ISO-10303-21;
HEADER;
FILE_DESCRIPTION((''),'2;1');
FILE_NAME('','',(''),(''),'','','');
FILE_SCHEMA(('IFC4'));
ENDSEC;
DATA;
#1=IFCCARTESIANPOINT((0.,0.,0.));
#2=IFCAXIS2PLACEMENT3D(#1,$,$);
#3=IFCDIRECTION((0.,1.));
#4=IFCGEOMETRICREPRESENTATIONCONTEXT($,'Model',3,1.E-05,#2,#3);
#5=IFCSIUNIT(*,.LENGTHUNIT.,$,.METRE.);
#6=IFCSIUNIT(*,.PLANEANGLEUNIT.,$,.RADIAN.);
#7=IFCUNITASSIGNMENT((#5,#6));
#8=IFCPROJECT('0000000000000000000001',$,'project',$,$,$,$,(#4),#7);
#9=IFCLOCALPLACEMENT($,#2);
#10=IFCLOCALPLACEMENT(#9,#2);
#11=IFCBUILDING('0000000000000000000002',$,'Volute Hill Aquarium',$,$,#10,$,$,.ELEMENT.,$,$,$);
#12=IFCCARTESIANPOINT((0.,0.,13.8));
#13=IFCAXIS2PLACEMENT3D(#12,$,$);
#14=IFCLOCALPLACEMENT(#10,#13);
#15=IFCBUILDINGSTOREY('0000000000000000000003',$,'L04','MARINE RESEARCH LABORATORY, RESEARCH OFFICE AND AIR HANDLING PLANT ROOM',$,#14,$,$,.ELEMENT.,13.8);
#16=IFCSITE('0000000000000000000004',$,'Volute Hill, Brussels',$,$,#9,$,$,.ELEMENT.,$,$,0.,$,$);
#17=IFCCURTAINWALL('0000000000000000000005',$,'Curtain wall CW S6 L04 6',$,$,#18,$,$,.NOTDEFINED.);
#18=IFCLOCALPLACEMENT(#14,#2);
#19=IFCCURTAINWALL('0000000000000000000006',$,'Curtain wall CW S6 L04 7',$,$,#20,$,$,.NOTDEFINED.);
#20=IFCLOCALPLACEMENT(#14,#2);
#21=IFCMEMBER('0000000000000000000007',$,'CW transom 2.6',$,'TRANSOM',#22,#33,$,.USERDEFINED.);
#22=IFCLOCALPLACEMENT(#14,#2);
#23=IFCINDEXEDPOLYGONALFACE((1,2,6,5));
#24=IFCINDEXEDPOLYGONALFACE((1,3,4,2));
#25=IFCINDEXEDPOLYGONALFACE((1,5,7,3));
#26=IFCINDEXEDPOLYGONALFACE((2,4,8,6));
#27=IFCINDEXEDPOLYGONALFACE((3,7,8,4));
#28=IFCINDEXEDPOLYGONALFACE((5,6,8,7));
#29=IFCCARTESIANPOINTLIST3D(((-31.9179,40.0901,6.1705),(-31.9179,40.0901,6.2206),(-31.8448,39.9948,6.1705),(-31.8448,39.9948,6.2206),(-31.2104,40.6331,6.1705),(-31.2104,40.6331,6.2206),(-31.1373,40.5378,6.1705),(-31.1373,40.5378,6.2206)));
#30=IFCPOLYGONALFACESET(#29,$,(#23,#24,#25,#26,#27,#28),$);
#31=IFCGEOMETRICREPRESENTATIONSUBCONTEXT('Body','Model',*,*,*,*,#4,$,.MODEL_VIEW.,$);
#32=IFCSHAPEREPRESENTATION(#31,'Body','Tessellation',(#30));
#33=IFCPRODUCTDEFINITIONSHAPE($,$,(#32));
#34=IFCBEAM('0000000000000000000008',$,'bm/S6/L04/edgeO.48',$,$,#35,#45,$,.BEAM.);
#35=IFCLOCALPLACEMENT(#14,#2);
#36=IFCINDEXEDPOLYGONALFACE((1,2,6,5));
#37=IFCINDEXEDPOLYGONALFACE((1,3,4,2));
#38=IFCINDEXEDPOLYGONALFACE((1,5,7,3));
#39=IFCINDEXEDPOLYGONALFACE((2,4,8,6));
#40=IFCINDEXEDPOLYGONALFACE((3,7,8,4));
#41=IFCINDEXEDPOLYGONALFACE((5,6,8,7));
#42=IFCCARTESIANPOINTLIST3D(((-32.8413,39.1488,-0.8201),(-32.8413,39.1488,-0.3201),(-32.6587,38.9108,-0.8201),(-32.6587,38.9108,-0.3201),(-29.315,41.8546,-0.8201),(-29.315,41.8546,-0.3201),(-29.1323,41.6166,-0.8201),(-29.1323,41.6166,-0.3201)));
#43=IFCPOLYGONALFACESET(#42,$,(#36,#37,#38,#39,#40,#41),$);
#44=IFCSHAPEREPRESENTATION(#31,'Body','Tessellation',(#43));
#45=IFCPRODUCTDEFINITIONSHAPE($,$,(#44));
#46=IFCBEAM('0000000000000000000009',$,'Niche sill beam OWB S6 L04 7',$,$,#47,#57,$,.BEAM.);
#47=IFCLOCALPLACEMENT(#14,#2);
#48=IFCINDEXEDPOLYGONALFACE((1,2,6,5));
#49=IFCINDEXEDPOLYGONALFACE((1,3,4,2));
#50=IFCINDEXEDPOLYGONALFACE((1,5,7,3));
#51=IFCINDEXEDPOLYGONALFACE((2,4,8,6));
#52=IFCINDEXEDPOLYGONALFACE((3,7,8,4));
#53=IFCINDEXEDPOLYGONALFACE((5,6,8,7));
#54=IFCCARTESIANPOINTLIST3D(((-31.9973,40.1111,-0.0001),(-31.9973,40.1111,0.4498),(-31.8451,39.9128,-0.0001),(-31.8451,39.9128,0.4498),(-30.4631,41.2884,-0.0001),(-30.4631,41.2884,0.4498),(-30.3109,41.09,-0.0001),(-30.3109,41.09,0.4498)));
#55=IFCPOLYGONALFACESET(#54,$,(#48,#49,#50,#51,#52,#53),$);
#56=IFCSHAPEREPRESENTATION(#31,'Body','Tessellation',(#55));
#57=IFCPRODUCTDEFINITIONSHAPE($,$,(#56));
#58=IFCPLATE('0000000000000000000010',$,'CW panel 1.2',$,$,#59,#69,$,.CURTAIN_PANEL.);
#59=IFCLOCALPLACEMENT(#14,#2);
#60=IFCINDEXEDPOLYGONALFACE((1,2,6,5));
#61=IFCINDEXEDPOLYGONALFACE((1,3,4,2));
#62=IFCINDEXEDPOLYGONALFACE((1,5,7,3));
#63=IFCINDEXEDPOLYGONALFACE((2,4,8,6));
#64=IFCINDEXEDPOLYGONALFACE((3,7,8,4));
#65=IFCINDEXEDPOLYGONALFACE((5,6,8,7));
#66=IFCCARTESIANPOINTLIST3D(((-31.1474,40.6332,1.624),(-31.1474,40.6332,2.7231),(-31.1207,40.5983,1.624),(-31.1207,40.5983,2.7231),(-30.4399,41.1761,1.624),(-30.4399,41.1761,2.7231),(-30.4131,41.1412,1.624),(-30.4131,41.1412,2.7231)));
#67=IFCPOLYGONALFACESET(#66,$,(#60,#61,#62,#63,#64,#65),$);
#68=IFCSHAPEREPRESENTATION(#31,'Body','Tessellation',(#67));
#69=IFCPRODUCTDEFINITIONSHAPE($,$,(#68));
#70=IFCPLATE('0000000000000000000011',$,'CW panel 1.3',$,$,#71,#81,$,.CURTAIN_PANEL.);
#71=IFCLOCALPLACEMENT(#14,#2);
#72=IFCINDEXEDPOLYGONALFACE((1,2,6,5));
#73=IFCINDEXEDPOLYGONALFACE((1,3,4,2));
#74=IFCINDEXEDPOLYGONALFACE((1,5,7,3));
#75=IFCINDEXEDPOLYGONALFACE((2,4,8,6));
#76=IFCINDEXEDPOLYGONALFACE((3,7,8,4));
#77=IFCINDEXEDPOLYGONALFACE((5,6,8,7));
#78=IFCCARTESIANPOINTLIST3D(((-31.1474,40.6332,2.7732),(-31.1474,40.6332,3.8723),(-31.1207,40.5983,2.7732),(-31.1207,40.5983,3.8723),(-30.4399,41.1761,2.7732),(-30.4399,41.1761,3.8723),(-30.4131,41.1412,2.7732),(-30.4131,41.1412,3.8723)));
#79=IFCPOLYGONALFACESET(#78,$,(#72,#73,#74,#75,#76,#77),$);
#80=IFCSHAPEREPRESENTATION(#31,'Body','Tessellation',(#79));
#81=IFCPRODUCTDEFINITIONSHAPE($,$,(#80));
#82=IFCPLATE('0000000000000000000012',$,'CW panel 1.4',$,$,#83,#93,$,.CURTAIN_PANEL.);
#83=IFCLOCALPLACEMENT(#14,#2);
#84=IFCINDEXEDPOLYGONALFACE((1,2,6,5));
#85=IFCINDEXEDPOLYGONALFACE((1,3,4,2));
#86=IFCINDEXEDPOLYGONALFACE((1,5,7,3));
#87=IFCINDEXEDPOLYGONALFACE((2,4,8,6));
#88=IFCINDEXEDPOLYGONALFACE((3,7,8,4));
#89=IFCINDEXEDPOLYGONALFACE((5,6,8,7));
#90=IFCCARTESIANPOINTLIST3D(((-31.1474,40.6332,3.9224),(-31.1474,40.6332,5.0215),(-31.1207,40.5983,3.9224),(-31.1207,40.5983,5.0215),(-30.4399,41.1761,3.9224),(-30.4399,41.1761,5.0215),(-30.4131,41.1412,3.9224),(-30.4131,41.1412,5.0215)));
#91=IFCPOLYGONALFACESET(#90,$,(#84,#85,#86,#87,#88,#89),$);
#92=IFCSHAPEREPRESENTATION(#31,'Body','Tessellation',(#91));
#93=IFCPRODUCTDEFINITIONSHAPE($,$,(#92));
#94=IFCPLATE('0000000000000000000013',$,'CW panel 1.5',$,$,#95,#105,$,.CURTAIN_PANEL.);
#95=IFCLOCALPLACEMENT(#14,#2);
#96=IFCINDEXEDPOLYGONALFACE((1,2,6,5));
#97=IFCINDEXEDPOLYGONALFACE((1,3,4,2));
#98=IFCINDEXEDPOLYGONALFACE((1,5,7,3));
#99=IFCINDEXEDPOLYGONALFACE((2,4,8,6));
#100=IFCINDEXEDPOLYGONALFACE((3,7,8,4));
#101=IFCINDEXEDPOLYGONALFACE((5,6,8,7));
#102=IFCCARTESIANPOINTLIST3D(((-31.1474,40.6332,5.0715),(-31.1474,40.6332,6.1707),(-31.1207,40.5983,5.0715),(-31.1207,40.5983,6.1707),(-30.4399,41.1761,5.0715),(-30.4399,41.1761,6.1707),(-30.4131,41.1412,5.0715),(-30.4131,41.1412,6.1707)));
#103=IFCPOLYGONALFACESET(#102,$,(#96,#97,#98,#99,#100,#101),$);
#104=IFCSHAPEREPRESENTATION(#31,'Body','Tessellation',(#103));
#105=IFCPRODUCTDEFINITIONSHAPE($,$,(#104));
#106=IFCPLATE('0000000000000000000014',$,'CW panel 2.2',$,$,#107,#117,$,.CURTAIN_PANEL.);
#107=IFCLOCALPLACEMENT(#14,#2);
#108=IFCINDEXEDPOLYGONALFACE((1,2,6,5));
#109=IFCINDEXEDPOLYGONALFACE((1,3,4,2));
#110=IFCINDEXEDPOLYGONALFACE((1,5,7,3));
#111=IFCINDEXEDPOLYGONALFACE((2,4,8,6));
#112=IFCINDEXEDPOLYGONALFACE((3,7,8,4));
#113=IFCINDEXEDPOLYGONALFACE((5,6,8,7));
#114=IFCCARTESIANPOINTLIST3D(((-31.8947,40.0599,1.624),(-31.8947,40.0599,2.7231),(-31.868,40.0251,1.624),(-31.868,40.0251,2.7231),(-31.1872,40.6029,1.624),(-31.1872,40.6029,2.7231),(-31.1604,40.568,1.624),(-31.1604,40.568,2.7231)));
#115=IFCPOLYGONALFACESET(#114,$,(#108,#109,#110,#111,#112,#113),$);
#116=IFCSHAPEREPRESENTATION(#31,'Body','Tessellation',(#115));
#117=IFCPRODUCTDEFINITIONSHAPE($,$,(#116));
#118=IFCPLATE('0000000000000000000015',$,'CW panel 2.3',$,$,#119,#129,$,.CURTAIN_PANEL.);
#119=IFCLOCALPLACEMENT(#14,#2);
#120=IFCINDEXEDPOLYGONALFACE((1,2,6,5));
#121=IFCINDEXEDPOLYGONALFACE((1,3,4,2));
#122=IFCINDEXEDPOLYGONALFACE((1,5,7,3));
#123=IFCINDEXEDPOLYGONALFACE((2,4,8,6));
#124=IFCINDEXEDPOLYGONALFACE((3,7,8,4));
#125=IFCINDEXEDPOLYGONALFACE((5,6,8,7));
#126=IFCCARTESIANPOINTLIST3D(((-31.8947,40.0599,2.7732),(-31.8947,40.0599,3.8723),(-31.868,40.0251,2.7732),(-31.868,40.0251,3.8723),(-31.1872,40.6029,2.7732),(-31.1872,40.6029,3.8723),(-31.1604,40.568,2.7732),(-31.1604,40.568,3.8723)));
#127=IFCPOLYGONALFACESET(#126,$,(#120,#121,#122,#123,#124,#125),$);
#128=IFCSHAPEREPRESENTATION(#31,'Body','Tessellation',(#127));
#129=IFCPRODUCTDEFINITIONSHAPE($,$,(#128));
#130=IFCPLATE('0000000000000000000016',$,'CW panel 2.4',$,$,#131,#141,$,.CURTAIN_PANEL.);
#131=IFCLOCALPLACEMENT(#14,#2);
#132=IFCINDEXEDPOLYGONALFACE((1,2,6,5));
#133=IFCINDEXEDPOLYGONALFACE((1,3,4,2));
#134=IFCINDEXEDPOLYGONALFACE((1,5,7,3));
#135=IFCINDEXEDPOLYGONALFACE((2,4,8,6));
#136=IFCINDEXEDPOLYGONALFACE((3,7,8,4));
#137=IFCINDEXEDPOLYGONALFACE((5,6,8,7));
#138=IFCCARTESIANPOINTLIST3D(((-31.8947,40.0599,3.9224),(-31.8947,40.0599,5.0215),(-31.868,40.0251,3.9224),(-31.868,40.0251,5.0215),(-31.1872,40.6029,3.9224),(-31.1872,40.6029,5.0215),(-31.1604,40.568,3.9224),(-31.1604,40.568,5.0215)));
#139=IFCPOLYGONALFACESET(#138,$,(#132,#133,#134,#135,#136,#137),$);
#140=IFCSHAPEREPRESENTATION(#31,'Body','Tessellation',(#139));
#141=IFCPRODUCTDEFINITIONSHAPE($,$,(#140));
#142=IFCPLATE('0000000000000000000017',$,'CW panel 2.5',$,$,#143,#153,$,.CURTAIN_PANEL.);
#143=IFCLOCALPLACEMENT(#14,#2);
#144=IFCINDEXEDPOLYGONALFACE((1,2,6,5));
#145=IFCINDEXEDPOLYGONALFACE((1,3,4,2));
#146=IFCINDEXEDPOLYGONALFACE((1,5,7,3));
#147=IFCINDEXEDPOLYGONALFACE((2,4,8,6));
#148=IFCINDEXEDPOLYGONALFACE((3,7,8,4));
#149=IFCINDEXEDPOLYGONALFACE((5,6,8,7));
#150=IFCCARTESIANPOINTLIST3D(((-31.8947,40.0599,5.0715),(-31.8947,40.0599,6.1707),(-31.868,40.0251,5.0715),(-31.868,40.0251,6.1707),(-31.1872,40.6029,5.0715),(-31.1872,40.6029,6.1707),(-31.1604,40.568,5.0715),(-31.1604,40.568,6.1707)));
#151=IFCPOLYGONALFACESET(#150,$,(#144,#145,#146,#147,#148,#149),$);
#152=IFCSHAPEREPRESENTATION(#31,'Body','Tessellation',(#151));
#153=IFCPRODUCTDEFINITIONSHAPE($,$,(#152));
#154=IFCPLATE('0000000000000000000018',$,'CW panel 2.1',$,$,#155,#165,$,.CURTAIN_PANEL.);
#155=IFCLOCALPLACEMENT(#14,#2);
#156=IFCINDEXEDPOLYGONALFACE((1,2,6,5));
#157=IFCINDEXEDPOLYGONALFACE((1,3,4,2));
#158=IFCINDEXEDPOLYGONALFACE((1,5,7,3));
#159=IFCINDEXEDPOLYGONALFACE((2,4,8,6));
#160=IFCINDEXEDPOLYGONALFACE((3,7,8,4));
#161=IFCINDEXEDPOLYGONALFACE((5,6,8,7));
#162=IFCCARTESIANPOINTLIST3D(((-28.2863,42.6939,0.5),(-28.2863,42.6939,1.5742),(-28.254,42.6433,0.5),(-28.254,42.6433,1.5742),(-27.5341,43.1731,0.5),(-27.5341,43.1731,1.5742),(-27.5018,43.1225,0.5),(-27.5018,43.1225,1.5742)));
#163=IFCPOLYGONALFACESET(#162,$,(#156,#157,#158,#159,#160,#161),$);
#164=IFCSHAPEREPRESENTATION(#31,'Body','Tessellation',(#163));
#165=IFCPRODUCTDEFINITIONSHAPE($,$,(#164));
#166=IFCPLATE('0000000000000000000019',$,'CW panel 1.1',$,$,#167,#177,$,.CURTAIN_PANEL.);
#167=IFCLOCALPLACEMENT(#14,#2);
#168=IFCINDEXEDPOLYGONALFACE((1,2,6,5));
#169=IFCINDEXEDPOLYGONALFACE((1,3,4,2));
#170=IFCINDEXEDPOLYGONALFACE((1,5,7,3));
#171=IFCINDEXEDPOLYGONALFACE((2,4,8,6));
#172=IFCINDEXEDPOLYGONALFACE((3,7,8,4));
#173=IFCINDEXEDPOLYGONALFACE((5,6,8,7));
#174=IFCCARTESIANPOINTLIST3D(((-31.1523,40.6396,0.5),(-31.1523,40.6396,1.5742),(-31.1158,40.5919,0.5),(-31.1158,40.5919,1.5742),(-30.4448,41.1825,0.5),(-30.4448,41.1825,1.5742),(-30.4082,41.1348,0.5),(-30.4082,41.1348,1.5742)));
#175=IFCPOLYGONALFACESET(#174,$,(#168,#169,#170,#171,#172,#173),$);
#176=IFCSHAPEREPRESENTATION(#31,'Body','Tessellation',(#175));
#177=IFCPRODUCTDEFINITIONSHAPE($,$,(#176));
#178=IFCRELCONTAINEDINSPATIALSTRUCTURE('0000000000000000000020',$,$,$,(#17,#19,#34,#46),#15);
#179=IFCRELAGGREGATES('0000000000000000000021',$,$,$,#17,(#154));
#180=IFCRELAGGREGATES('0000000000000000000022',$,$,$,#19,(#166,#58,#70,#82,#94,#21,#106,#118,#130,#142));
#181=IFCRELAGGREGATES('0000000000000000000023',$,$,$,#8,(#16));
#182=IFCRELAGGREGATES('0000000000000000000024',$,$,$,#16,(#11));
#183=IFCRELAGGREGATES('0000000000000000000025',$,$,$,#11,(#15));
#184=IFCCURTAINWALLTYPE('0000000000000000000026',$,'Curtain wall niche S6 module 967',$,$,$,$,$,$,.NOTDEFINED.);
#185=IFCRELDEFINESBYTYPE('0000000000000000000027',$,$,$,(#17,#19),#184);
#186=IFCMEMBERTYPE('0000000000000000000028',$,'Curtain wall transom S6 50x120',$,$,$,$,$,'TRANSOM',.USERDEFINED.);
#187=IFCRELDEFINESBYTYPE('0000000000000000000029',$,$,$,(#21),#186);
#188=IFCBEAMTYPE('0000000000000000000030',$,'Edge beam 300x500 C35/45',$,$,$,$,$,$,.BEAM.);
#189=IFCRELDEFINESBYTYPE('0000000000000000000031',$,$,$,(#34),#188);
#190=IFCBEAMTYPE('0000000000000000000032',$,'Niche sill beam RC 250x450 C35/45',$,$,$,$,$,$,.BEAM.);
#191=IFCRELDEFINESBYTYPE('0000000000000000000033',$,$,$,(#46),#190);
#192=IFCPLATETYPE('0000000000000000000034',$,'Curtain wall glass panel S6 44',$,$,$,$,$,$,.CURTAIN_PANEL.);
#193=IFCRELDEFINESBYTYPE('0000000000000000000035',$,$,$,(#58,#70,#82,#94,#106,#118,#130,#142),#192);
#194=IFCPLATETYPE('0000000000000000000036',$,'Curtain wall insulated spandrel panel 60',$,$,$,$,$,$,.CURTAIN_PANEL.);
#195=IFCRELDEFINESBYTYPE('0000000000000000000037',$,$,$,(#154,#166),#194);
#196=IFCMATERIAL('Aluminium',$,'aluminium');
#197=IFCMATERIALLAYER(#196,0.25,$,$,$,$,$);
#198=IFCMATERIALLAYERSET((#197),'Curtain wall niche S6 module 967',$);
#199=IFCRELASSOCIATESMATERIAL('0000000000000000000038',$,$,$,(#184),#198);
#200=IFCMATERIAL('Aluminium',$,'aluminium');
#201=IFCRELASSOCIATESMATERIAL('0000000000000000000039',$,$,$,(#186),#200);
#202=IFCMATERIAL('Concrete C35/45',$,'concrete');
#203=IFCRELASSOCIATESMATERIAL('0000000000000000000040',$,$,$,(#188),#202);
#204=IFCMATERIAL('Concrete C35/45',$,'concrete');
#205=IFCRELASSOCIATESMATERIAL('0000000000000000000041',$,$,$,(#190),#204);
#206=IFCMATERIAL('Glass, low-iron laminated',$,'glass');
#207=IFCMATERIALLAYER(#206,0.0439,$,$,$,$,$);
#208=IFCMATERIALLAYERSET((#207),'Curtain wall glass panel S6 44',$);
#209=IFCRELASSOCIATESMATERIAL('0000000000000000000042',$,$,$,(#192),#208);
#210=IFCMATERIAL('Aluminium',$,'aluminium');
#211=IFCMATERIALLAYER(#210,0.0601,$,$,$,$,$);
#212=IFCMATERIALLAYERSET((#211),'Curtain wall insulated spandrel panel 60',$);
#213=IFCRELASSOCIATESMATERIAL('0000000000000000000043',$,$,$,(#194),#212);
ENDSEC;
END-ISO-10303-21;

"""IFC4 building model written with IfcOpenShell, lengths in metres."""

from ifc_helpers import new_model, si_unit, direction, frame, origin, origin_2d, place, context, subcontext, project, spatial, rectangle, extrude, material, layer, layer_set, material_profile, profile_set, type_object, element, aggregate, save


model = new_model("IFC4")

# Units and contexts
model_context = context("Model", 3, precision=1e-05, world=origin(), true_north=direction((0.0, 1.0)))
body_context = subcontext(model_context, "Body", "Model", "MODEL_VIEW")
ifc_project = project(units=[si_unit("LENGTHUNIT", "METRE"), si_unit("PLANEANGLEUNIT", "RADIAN")], contexts=[model_context])

# Site, building, storey
site_placement = place(None, origin())
site = spatial("IfcSite", under=ifc_project, at=site_placement, Name="Volute Hill, Brussels", CompositionType="ELEMENT", RefElevation=0.0)
building_placement = place(site_placement, origin())
building = spatial("IfcBuilding", under=site, at=building_placement, Name="Volute Hill Aquarium", CompositionType="ELEMENT")
storey_placement = place(building_placement, frame((0.0, 0.0, 13.8)))
storey = spatial("IfcBuildingStorey", under=building, at=storey_placement, Name="L04", Description="MARINE RESEARCH LABORATORY, RESEARCH OFFICE AND AIR HANDLING PLANT ROOM", CompositionType="ELEMENT", Elevation=13.8)

# Curtain wall
ifc_material_1 = material(Name="Aluminium", Category="aluminium")
ifc_layer_1 = layer(ifc_material_1, 0.25)
ifc_layer_set_1 = layer_set([ifc_layer_1], Name="Curtain wall niche S6 module 967")
curtain_wall_type = type_object("IfcCurtainWallType", Name="Curtain wall niche S6 module 967", PredefinedType="NOTDEFINED", material=ifc_layer_set_1)
curtain_wall_1_placement = place(storey_placement, origin())
curtain_wall_1 = element("IfcCurtainWall", 1, at=curtain_wall_1_placement, inside=storey, type_object=curtain_wall_type, Name="Curtain wall CW S6 L04 6", PredefinedType="NOTDEFINED")

# Curtain wall, member
curtain_wall_2_placement = place(storey_placement, origin())
curtain_wall_2 = element("IfcCurtainWall", 2, at=curtain_wall_2_placement, inside=storey, type_object=curtain_wall_type, Name="Curtain wall CW S6 L04 7", PredefinedType="NOTDEFINED")
ifc_material_2 = material(Name="Aluminium", Category="aluminium")
ifc_material_profile_1 = material_profile(ifc_material_2, rectangle(XDim=0.1201, YDim=0.05, at=origin_2d()), Name="Curtain wall transom S6 50x120")
ifc_profile_set_1 = profile_set([ifc_material_profile_1], Name="Aluminium")
member_type_1 = type_object("IfcMemberType", Name="Curtain wall transom S6 50x120", ElementType="TRANSOM", PredefinedType="USERDEFINED", material=ifc_profile_set_1)
member_1_placement = place(storey_placement, frame((-31.1738, 40.5854, 6.1956), z_axis=(-0.793315, -0.608811, 0.0), x_axis=(0.608811, -0.793315, 0.0)))
member_1 = element("IfcMember", 3, at=member_1_placement, type_object=member_type_1, Name="CW transom 2.6", ObjectType="TRANSOM", PredefinedType="USERDEFINED", context=body_context, shape_type="SweptSolid", body=[
    extrude(rectangle(XDim=0.1201, YDim=0.05, at=origin_2d()), origin(), (0.0, 0.0, 1.0), 0.8918),
])

# Beams
ifc_material_3 = material(Name="Concrete C35/45", Category="concrete")
ifc_material_profile_2 = material_profile(ifc_material_3, rectangle(XDim=0.3, YDim=0.5, at=origin_2d()), Name="RC edge beam 300x500")
ifc_profile_set_2 = profile_set([ifc_material_profile_2], Name="Concrete C35/45")
beam_type_1 = type_object("IfcBeamType", Name="Edge beam 300x500 C35/45", PredefinedType="BEAM", material=ifc_profile_set_2)
beam_1_placement = place(storey_placement, frame((-29.2236, 41.7356, -0.5701), z_axis=(-0.793361, -0.608752, 0.0), x_axis=(0.608752, -0.793361, 0.0)))
element("IfcBeam", 4, at=beam_1_placement, inside=storey, type_object=beam_type_1, Name="bm/S6/L04/edgeO.48", PredefinedType="BEAM", context=body_context, shape_type="SweptSolid", body=[
    extrude(rectangle(XDim=0.3, YDim=0.5, at=origin_2d()), origin(), (0.0, 0.0, 1.0), 4.4448),
])
ifc_material_4 = material(Name="Concrete C35/45", Category="concrete")
ifc_material_profile_3 = material_profile(ifc_material_4, rectangle(XDim=0.25, YDim=0.45, at=origin_2d()), Name="RC beam 250x450")
ifc_profile_set_3 = profile_set([ifc_material_profile_3], Name="Concrete C35/45")
beam_type_2 = type_object("IfcBeamType", Name="Niche sill beam RC 250x450 C35/45", PredefinedType="BEAM", material=ifc_profile_set_3)
beam_2_placement = place(storey_placement, frame((-30.387, 41.1892, 0.2249), z_axis=(-0.793346, -0.608771, 0.0), x_axis=(0.608771, -0.793346, 0.0)))
element("IfcBeam", 5, at=beam_2_placement, inside=storey, type_object=beam_type_2, Name="Niche sill beam OWB S6 L04 7", PredefinedType="BEAM", context=body_context, shape_type="SweptSolid", body=[
    extrude(rectangle(XDim=0.25, YDim=0.45, at=origin_2d()), origin(), (0.0, 0.0, 1.0), 1.9338),
])

# Plates
ifc_material_5 = material(Name="Glass, low-iron laminated", Category="glass")
ifc_layer_2 = layer(ifc_material_5, 0.0439)
ifc_layer_set_2 = layer_set([ifc_layer_2], Name="Curtain wall glass panel S6 44")
plate_type_1 = type_object("IfcPlateType", Name="Curtain wall glass panel S6 44", PredefinedType="CURTAIN_PANEL", material=ifc_layer_set_2)
plate_1_placement = place(storey_placement, frame((-30.7803, 40.8872, 1.624), z_axis=(0.0, 0.0, 1.0), x_axis=(-0.793348, -0.608769, 0.0)))
plate_1 = element("IfcPlate", 6, at=plate_1_placement, type_object=plate_type_1, Name="CW panel 1.2", PredefinedType="CURTAIN_PANEL", context=body_context, shape_type="SweptSolid", body=[
    extrude(rectangle(XDim=0.8918, YDim=0.0439, at=origin_2d()), origin(), (0.0, 0.0, 1.0), 1.0991),
])
plate_2_placement = place(storey_placement, frame((-30.7803, 40.8872, 2.7732), z_axis=(0.0, 0.0, 1.0), x_axis=(-0.793348, -0.608769, 0.0)))
plate_2 = element("IfcPlate", 7, at=plate_2_placement, type_object=plate_type_1, Name="CW panel 1.3", PredefinedType="CURTAIN_PANEL", context=body_context, shape_type="SweptSolid", body=[
    extrude(rectangle(XDim=0.8918, YDim=0.0439, at=origin_2d()), origin(), (0.0, 0.0, 1.0), 1.0991),
])
plate_3_placement = place(storey_placement, frame((-30.7803, 40.8872, 3.9224), z_axis=(0.0, 0.0, 1.0), x_axis=(-0.793348, -0.608769, 0.0)))
plate_3 = element("IfcPlate", 8, at=plate_3_placement, type_object=plate_type_1, Name="CW panel 1.4", PredefinedType="CURTAIN_PANEL", context=body_context, shape_type="SweptSolid", body=[
    extrude(rectangle(XDim=0.8918, YDim=0.0439, at=origin_2d()), origin(), (0.0, 0.0, 1.0), 1.0991),
])
plate_4_placement = place(storey_placement, frame((-30.7803, 40.8872, 5.0715), z_axis=(0.0, 0.0, 1.0), x_axis=(-0.793348, -0.608769, 0.0)))
plate_4 = element("IfcPlate", 9, at=plate_4_placement, type_object=plate_type_1, Name="CW panel 1.5", PredefinedType="CURTAIN_PANEL", context=body_context, shape_type="SweptSolid", body=[
    extrude(rectangle(XDim=0.8918, YDim=0.0439, at=origin_2d()), origin(), (0.0, 0.0, 1.0), 1.0991),
])
plate_5_placement = place(storey_placement, frame((-31.5276, 40.314, 1.624), z_axis=(0.0, 0.0, 1.0), x_axis=(-0.793348, -0.608769, 0.0)))
plate_5 = element("IfcPlate", 10, at=plate_5_placement, type_object=plate_type_1, Name="CW panel 2.2", PredefinedType="CURTAIN_PANEL", context=body_context, shape_type="SweptSolid", body=[
    extrude(rectangle(XDim=0.8918, YDim=0.0439, at=origin_2d()), origin(), (0.0, 0.0, 1.0), 1.0991),
])
plate_6_placement = place(storey_placement, frame((-31.5276, 40.314, 2.7732), z_axis=(0.0, 0.0, 1.0), x_axis=(-0.793348, -0.608769, 0.0)))
plate_6 = element("IfcPlate", 11, at=plate_6_placement, type_object=plate_type_1, Name="CW panel 2.3", PredefinedType="CURTAIN_PANEL", context=body_context, shape_type="SweptSolid", body=[
    extrude(rectangle(XDim=0.8918, YDim=0.0439, at=origin_2d()), origin(), (0.0, 0.0, 1.0), 1.0991),
])
plate_7_placement = place(storey_placement, frame((-31.5276, 40.314, 3.9224), z_axis=(0.0, 0.0, 1.0), x_axis=(-0.793348, -0.608769, 0.0)))
plate_7 = element("IfcPlate", 12, at=plate_7_placement, type_object=plate_type_1, Name="CW panel 2.4", PredefinedType="CURTAIN_PANEL", context=body_context, shape_type="SweptSolid", body=[
    extrude(rectangle(XDim=0.8918, YDim=0.0439, at=origin_2d()), origin(), (0.0, 0.0, 1.0), 1.0991),
])
plate_8_placement = place(storey_placement, frame((-31.5276, 40.314, 5.0715), z_axis=(0.0, 0.0, 1.0), x_axis=(-0.793348, -0.608769, 0.0)))
plate_8 = element("IfcPlate", 13, at=plate_8_placement, type_object=plate_type_1, Name="CW panel 2.5", PredefinedType="CURTAIN_PANEL", context=body_context, shape_type="SweptSolid", body=[
    extrude(rectangle(XDim=0.8918, YDim=0.0439, at=origin_2d()), origin(), (0.0, 0.0, 1.0), 1.0991),
])
ifc_material_6 = material(Name="Aluminium", Category="aluminium")
ifc_layer_3 = layer(ifc_material_6, 0.0601)
ifc_layer_set_3 = layer_set([ifc_layer_3], Name="Curtain wall insulated spandrel panel 60")
plate_type_2 = type_object("IfcPlateType", Name="Curtain wall insulated spandrel panel 60", PredefinedType="CURTAIN_PANEL", material=ifc_layer_set_3)
plate_9_placement = place(storey_placement, frame((-27.894, 42.9082, 0.5), z_axis=(0.0, 0.0, 1.0), x_axis=(-0.843395, -0.537295, 0.0)))
plate_9 = element("IfcPlate", 14, at=plate_9_placement, type_object=plate_type_2, Name="CW panel 2.1", PredefinedType="CURTAIN_PANEL", context=body_context, shape_type="SweptSolid", body=[
    extrude(rectangle(XDim=0.8918, YDim=0.0601, at=origin_2d()), origin(), (0.0, 0.0, 1.0), 1.0742),
])
aggregate(curtain_wall_1, [plate_9])
plate_10_placement = place(storey_placement, frame((-30.7803, 40.8872, 0.5), z_axis=(0.0, 0.0, 1.0), x_axis=(-0.793348, -0.608769, 0.0)))
plate_10 = element("IfcPlate", 15, at=plate_10_placement, type_object=plate_type_2, Name="CW panel 1.1", PredefinedType="CURTAIN_PANEL", context=body_context, shape_type="SweptSolid", body=[
    extrude(rectangle(XDim=0.8918, YDim=0.0601, at=origin_2d()), origin(), (0.0, 0.0, 1.0), 1.0742),
])
aggregate(curtain_wall_2, [plate_10, plate_1, plate_2, plate_3, plate_4, member_1, plate_5, plate_6, plate_7, plate_8])

save(model, "model.ifc")
